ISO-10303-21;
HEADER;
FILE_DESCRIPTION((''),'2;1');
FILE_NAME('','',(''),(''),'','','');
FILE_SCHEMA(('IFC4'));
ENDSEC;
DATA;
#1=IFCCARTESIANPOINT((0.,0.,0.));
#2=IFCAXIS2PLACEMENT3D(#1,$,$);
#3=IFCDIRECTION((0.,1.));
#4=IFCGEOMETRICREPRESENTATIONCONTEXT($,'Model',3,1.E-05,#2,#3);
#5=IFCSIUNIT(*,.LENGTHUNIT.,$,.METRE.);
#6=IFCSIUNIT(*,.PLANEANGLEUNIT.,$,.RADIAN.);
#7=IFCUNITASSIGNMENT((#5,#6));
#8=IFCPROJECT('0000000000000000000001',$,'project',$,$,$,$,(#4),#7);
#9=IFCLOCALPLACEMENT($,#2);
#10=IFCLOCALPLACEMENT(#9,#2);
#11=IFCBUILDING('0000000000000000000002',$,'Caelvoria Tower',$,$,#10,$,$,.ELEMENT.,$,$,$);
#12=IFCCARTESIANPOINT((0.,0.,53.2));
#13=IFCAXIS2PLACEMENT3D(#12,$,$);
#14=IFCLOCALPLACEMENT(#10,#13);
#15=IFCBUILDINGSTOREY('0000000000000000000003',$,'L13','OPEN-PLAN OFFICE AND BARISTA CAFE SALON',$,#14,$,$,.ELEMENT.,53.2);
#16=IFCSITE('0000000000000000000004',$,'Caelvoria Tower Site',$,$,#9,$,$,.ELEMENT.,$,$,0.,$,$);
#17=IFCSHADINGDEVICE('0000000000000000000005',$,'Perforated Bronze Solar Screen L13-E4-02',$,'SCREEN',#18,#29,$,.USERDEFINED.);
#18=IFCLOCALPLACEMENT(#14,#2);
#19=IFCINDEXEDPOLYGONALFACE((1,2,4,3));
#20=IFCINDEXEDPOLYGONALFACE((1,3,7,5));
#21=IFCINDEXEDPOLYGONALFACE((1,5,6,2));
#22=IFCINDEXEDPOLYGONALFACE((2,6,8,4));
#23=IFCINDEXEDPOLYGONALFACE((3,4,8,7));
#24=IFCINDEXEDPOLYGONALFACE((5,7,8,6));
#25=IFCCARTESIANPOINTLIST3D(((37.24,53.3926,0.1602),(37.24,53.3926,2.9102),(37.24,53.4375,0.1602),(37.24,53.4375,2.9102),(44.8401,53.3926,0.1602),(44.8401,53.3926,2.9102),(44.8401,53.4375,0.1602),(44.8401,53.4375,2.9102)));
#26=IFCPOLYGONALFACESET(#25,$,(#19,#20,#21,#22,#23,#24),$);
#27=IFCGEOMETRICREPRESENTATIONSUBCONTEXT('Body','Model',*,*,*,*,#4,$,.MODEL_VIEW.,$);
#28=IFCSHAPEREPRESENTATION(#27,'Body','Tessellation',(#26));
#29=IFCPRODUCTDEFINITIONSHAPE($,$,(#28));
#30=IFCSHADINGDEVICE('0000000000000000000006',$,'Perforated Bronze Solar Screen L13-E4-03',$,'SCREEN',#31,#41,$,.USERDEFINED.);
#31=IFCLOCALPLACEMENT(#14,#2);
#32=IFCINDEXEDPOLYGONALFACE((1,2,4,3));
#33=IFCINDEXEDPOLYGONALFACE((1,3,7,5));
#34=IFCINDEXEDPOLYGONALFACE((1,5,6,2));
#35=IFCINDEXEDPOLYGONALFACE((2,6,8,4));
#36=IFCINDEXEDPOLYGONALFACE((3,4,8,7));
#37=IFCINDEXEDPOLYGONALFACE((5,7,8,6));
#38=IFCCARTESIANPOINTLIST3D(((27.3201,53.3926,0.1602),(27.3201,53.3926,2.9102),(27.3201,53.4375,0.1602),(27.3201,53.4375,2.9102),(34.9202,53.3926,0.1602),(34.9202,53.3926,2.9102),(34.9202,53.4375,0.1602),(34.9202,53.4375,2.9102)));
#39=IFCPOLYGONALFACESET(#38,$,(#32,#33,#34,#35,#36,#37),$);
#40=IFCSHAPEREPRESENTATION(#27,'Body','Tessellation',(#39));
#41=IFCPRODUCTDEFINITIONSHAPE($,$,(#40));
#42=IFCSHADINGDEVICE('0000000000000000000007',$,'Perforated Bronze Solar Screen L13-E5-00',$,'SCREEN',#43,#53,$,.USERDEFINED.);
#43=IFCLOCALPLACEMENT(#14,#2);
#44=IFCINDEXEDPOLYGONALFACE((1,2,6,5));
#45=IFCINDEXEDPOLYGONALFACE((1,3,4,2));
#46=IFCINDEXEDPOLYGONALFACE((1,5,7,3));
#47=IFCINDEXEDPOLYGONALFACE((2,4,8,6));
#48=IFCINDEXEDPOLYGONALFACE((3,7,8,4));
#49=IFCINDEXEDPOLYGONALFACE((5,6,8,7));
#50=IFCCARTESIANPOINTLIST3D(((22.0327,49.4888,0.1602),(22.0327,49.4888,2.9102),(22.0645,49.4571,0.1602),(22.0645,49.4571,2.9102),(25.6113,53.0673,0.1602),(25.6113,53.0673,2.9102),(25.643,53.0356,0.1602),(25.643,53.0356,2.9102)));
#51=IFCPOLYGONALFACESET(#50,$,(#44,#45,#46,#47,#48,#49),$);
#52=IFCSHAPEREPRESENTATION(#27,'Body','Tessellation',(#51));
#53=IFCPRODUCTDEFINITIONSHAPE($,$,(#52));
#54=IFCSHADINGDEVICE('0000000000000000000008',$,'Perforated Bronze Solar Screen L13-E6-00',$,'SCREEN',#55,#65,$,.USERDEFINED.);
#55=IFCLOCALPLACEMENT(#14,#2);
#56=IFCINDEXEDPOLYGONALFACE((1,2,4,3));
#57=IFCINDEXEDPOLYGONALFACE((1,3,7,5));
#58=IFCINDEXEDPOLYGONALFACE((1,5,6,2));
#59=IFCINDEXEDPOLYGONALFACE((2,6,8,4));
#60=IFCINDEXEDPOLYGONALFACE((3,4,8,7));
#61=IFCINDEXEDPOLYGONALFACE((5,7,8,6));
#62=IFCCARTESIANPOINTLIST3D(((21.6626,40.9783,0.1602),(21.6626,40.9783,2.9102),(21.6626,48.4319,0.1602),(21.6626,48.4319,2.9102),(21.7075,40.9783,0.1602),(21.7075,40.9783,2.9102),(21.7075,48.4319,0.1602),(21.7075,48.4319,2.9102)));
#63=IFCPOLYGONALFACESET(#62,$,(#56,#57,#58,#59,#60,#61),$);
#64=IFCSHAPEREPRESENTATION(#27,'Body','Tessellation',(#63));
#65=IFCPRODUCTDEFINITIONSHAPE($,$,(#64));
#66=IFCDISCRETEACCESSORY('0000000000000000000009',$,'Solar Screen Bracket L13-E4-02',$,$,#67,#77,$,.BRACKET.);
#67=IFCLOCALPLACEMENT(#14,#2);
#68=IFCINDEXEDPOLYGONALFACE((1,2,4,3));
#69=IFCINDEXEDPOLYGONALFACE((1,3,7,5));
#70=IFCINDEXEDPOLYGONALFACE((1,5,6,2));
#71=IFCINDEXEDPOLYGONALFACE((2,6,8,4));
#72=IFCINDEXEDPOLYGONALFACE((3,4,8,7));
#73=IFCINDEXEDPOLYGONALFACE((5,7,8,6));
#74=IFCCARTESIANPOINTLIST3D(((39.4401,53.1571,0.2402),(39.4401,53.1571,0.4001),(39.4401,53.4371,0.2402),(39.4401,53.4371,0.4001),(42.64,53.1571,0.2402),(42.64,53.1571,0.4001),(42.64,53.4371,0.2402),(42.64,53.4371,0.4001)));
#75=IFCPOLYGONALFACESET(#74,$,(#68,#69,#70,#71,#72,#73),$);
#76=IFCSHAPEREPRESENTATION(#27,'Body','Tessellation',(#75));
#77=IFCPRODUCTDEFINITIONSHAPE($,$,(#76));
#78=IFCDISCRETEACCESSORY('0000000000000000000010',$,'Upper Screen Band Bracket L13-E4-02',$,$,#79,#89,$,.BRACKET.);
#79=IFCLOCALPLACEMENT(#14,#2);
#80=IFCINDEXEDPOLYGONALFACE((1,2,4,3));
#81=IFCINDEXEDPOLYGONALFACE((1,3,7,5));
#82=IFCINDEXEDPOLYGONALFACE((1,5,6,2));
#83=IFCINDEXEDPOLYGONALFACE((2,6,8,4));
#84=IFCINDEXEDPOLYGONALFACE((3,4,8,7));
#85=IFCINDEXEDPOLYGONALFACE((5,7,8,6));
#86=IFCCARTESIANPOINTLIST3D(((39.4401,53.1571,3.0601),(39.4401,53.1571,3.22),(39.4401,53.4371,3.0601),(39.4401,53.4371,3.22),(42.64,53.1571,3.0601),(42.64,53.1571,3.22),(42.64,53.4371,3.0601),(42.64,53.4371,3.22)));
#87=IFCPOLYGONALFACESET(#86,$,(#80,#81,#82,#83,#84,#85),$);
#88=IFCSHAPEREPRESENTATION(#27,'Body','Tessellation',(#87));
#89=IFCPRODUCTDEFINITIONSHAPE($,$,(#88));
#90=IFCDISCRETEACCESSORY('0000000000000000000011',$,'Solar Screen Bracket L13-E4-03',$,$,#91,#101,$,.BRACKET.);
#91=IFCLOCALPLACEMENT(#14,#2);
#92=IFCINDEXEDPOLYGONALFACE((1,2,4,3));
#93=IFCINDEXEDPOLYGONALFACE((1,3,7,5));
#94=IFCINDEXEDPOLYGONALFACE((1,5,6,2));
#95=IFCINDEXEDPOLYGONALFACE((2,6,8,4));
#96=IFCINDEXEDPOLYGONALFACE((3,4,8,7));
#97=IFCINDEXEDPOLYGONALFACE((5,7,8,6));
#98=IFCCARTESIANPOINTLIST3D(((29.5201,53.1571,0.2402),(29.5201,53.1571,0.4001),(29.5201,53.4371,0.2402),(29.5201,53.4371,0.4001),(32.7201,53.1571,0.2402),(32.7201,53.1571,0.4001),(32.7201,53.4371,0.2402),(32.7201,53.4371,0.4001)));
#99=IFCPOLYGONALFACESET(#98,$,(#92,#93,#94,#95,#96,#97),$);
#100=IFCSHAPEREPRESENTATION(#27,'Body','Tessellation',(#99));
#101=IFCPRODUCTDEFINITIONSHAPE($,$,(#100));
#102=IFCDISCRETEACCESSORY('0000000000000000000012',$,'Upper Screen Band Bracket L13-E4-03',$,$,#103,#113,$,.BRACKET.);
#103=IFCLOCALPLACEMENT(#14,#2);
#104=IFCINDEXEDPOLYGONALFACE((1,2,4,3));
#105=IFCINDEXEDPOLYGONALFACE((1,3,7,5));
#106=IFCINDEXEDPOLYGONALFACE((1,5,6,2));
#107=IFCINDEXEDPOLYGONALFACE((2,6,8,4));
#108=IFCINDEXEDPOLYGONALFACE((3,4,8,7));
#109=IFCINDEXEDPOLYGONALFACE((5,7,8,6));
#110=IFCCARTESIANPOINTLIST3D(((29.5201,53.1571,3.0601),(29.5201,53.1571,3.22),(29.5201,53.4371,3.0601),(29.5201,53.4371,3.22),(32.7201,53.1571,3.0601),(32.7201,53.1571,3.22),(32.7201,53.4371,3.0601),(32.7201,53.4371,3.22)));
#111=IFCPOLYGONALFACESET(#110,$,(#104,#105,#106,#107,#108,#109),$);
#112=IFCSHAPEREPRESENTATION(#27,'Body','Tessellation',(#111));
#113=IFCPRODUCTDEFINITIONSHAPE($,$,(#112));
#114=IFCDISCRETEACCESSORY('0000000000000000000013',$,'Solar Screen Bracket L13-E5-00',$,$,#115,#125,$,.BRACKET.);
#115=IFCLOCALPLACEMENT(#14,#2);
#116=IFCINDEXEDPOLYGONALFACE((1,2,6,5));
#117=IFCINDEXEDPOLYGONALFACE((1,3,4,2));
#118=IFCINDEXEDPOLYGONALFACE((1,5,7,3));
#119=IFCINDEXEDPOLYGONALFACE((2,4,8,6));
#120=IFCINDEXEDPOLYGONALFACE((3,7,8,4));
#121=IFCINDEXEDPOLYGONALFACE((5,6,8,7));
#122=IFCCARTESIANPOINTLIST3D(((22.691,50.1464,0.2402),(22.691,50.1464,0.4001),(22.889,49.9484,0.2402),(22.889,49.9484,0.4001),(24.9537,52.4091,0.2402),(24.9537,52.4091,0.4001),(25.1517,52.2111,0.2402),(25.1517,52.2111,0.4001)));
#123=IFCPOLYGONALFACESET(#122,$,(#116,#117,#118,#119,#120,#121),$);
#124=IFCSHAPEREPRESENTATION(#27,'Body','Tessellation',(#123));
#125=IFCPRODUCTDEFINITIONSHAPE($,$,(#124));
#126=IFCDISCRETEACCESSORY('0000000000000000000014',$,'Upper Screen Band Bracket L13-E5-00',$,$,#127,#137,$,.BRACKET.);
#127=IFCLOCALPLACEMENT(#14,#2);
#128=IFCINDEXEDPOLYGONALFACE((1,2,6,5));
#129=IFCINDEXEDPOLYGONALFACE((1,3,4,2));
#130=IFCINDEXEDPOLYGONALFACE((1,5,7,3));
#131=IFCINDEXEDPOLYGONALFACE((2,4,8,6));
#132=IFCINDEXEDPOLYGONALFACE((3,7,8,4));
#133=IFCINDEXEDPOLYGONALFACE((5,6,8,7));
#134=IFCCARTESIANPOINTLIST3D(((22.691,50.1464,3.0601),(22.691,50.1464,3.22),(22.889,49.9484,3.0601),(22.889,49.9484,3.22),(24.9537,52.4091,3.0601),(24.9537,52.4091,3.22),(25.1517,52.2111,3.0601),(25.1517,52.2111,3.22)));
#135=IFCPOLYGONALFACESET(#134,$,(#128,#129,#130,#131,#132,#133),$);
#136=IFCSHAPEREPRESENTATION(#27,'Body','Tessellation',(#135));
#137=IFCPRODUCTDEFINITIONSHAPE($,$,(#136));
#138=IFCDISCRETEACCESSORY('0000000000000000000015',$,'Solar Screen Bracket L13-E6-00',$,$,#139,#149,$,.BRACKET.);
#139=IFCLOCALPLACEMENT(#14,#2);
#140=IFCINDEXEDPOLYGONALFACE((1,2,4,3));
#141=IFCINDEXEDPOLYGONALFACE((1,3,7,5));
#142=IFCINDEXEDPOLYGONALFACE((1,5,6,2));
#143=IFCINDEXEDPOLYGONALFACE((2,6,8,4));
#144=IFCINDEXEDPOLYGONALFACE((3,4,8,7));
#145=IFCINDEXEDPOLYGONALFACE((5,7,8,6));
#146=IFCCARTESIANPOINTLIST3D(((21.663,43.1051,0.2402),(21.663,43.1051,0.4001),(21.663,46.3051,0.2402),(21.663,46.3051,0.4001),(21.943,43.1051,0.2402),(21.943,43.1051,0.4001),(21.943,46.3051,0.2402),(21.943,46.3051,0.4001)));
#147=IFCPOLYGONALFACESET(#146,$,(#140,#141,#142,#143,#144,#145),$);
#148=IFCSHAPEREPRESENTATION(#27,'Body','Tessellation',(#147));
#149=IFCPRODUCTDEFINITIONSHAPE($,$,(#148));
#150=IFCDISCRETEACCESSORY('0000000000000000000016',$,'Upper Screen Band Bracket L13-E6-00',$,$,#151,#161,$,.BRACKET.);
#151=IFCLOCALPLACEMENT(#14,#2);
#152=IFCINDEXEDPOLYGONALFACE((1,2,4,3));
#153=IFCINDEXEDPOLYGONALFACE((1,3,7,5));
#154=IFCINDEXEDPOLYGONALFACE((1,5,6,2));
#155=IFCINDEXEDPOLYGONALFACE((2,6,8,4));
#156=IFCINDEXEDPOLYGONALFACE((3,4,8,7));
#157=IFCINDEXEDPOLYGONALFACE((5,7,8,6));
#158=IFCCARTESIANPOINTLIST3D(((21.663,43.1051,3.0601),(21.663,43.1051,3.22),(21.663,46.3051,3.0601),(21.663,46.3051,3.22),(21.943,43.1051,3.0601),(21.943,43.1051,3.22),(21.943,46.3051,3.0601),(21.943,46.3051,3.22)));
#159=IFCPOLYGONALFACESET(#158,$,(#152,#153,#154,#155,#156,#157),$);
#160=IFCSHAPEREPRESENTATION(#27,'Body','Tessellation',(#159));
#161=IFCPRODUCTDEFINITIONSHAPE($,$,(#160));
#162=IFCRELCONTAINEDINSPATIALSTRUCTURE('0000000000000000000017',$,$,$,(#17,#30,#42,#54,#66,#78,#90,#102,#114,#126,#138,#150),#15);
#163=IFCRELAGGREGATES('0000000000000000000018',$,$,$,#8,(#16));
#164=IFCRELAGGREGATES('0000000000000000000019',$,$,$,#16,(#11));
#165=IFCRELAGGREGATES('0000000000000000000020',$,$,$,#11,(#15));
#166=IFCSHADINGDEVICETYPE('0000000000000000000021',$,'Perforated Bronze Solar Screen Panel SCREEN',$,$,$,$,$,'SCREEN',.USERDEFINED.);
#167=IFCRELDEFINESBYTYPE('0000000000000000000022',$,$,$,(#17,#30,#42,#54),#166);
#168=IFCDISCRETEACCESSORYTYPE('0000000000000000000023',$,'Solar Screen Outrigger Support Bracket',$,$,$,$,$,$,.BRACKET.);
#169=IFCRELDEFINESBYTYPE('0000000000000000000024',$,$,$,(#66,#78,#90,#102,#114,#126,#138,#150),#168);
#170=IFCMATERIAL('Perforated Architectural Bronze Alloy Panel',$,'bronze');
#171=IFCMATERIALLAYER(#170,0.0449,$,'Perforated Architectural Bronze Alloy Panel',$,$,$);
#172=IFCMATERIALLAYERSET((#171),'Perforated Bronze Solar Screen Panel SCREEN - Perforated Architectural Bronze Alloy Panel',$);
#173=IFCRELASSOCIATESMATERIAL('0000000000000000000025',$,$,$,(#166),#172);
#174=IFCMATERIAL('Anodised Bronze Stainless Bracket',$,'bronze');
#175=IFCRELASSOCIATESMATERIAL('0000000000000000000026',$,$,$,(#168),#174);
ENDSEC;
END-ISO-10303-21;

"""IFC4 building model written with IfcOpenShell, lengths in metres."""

from ifc_helpers import new_model, si_unit, direction, frame, origin, origin_2d, place, context, subcontext, project, spatial, rectangle, extrude, material, layer, layer_set, type_object, element, save


model = new_model("IFC4")

# Units and contexts
model_context = context("Model", 3, precision=1e-05, world=origin(), true_north=direction((0.0, 1.0)))
body_context = subcontext(model_context, "Body", "Model", "MODEL_VIEW")
ifc_project = project(units=[si_unit("LENGTHUNIT", "METRE"), si_unit("PLANEANGLEUNIT", "RADIAN")], contexts=[model_context])

# Site, building, storey
site_placement = place(None, origin())
site = spatial("IfcSite", under=ifc_project, at=site_placement, Name="Caelvoria Tower Site", CompositionType="ELEMENT", RefElevation=0.0)
building_placement = place(site_placement, origin())
building = spatial("IfcBuilding", under=site, at=building_placement, Name="Caelvoria Tower", CompositionType="ELEMENT")
storey_placement = place(building_placement, frame((0.0, 0.0, 53.2)))
storey = spatial("IfcBuildingStorey", under=building, at=storey_placement, Name="L13", Description="OPEN-PLAN OFFICE AND BARISTA CAFE SALON", CompositionType="ELEMENT", Elevation=53.2)

# Shading devices
ifc_material_1 = material(Name="Perforated Architectural Bronze Alloy Panel", Category="bronze")
ifc_layer_1 = layer(ifc_material_1, 0.0449, Name="Perforated Architectural Bronze Alloy Panel")
ifc_layer_set_1 = layer_set([ifc_layer_1], Name="Perforated Bronze Solar Screen Panel SCREEN - Perforated Architectural Bronze Alloy Panel")
shading_device_type = type_object("IfcShadingDeviceType", Name="Perforated Bronze Solar Screen Panel SCREEN", ElementType="SCREEN", PredefinedType="USERDEFINED", material=ifc_layer_set_1)
for number, where, z_axis, x_axis, name in (
    (1, (41.04, 53.415, 0.1602), (0.0, 0.0, 1.0), (-1.0, 0.0, 0.0), "Perforated Bronze Solar Screen L13-E4-02"),
    (2, (31.1201, 53.415, 0.1602), (0.0, 0.0, 1.0), (-1.0, 0.0, 0.0), "Perforated Bronze Solar Screen L13-E4-03"),
):
    element("IfcShadingDevice", number, at=place(storey_placement, frame(where, z_axis=z_axis, x_axis=x_axis)), inside=storey, type_object=shading_device_type, Name=name, ObjectType="SCREEN", PredefinedType="USERDEFINED", context=body_context, shape_type="SweptSolid", body=[
        extrude(rectangle(XDim=7.6001, YDim=0.0449, at=origin_2d()), origin(), (0.0, 0.0, 1.0), 2.75),
    ])
shading_device_1_placement = place(storey_placement, frame((23.8379, 51.2622, 0.1602), z_axis=(0.0, 0.0, 1.0), x_axis=(-0.707107, -0.707107, 0.0)))
element("IfcShadingDevice", 3, at=shading_device_1_placement, inside=storey, type_object=shading_device_type, Name="Perforated Bronze Solar Screen L13-E5-00", ObjectType="SCREEN", PredefinedType="USERDEFINED", context=body_context, shape_type="SweptSolid", body=[
    extrude(rectangle(XDim=5.0608, YDim=0.0449, at=origin_2d()), origin(), (0.0, 0.0, 1.0), 2.75),
])
shading_device_2_placement = place(storey_placement, frame((21.6851, 44.7051, 0.1602), z_axis=(0.0, 0.0, 1.0), x_axis=(0.0, -1.0, 0.0)))
element("IfcShadingDevice", 4, at=shading_device_2_placement, inside=storey, type_object=shading_device_type, Name="Perforated Bronze Solar Screen L13-E6-00", ObjectType="SCREEN", PredefinedType="USERDEFINED", context=body_context, shape_type="SweptSolid", body=[
    extrude(rectangle(XDim=7.4536, YDim=0.0449, at=origin_2d()), origin(), (0.0, 0.0, 1.0), 2.75),
])

# Discrete accessories
ifc_material_2 = material(Name="Anodised Bronze Stainless Bracket", Category="bronze")
discrete_accessory_type = type_object("IfcDiscreteAccessoryType", Name="Solar Screen Outrigger Support Bracket", PredefinedType="BRACKET", material=ifc_material_2)
for number, where, z_axis, x_axis, name in (
    (5, (41.04, 53.2971, 0.2402), (0.0, 0.0, 1.0), (-1.0, 0.0, 0.0), "Solar Screen Bracket L13-E4-02"),
    (6, (41.04, 53.2971, 3.0601), (0.0, 0.0, 1.0), (-1.0, 0.0, 0.0), "Upper Screen Band Bracket L13-E4-02"),
    (7, (31.1201, 53.2971, 0.2402), (0.0, 0.0, 1.0), (-1.0, 0.0, 0.0), "Solar Screen Bracket L13-E4-03"),
    (8, (31.1201, 53.2971, 3.0601), (0.0, 0.0, 1.0), (-1.0, 0.0, 0.0), "Upper Screen Band Bracket L13-E4-03"),
    (9, (23.9214, 51.1787, 0.2402), (0.0, 0.0, 1.0), (-0.707107, -0.707107, 0.0), "Solar Screen Bracket L13-E5-00"),
    (10, (23.9214, 51.1787, 3.0601), (0.0, 0.0, 1.0), (-0.707107, -0.707107, 0.0), "Upper Screen Band Bracket L13-E5-00"),
    (11, (21.803, 44.7051, 0.2402), (0.0, 0.0, 1.0), (0.0, -1.0, 0.0), "Solar Screen Bracket L13-E6-00"),
    (12, (21.803, 44.7051, 3.0601), (0.0, 0.0, 1.0), (0.0, -1.0, 0.0), "Upper Screen Band Bracket L13-E6-00"),
):
    element("IfcDiscreteAccessory", number, at=place(storey_placement, frame(where, z_axis=z_axis, x_axis=x_axis)), inside=storey, type_object=discrete_accessory_type, Name=name, PredefinedType="BRACKET", context=body_context, shape_type="SweptSolid", body=[
        extrude(rectangle(XDim=3.2, YDim=0.28, at=origin_2d()), origin(), (0.0, 0.0, 1.0), 0.1599),
    ])

save(model, "model.ifc")
